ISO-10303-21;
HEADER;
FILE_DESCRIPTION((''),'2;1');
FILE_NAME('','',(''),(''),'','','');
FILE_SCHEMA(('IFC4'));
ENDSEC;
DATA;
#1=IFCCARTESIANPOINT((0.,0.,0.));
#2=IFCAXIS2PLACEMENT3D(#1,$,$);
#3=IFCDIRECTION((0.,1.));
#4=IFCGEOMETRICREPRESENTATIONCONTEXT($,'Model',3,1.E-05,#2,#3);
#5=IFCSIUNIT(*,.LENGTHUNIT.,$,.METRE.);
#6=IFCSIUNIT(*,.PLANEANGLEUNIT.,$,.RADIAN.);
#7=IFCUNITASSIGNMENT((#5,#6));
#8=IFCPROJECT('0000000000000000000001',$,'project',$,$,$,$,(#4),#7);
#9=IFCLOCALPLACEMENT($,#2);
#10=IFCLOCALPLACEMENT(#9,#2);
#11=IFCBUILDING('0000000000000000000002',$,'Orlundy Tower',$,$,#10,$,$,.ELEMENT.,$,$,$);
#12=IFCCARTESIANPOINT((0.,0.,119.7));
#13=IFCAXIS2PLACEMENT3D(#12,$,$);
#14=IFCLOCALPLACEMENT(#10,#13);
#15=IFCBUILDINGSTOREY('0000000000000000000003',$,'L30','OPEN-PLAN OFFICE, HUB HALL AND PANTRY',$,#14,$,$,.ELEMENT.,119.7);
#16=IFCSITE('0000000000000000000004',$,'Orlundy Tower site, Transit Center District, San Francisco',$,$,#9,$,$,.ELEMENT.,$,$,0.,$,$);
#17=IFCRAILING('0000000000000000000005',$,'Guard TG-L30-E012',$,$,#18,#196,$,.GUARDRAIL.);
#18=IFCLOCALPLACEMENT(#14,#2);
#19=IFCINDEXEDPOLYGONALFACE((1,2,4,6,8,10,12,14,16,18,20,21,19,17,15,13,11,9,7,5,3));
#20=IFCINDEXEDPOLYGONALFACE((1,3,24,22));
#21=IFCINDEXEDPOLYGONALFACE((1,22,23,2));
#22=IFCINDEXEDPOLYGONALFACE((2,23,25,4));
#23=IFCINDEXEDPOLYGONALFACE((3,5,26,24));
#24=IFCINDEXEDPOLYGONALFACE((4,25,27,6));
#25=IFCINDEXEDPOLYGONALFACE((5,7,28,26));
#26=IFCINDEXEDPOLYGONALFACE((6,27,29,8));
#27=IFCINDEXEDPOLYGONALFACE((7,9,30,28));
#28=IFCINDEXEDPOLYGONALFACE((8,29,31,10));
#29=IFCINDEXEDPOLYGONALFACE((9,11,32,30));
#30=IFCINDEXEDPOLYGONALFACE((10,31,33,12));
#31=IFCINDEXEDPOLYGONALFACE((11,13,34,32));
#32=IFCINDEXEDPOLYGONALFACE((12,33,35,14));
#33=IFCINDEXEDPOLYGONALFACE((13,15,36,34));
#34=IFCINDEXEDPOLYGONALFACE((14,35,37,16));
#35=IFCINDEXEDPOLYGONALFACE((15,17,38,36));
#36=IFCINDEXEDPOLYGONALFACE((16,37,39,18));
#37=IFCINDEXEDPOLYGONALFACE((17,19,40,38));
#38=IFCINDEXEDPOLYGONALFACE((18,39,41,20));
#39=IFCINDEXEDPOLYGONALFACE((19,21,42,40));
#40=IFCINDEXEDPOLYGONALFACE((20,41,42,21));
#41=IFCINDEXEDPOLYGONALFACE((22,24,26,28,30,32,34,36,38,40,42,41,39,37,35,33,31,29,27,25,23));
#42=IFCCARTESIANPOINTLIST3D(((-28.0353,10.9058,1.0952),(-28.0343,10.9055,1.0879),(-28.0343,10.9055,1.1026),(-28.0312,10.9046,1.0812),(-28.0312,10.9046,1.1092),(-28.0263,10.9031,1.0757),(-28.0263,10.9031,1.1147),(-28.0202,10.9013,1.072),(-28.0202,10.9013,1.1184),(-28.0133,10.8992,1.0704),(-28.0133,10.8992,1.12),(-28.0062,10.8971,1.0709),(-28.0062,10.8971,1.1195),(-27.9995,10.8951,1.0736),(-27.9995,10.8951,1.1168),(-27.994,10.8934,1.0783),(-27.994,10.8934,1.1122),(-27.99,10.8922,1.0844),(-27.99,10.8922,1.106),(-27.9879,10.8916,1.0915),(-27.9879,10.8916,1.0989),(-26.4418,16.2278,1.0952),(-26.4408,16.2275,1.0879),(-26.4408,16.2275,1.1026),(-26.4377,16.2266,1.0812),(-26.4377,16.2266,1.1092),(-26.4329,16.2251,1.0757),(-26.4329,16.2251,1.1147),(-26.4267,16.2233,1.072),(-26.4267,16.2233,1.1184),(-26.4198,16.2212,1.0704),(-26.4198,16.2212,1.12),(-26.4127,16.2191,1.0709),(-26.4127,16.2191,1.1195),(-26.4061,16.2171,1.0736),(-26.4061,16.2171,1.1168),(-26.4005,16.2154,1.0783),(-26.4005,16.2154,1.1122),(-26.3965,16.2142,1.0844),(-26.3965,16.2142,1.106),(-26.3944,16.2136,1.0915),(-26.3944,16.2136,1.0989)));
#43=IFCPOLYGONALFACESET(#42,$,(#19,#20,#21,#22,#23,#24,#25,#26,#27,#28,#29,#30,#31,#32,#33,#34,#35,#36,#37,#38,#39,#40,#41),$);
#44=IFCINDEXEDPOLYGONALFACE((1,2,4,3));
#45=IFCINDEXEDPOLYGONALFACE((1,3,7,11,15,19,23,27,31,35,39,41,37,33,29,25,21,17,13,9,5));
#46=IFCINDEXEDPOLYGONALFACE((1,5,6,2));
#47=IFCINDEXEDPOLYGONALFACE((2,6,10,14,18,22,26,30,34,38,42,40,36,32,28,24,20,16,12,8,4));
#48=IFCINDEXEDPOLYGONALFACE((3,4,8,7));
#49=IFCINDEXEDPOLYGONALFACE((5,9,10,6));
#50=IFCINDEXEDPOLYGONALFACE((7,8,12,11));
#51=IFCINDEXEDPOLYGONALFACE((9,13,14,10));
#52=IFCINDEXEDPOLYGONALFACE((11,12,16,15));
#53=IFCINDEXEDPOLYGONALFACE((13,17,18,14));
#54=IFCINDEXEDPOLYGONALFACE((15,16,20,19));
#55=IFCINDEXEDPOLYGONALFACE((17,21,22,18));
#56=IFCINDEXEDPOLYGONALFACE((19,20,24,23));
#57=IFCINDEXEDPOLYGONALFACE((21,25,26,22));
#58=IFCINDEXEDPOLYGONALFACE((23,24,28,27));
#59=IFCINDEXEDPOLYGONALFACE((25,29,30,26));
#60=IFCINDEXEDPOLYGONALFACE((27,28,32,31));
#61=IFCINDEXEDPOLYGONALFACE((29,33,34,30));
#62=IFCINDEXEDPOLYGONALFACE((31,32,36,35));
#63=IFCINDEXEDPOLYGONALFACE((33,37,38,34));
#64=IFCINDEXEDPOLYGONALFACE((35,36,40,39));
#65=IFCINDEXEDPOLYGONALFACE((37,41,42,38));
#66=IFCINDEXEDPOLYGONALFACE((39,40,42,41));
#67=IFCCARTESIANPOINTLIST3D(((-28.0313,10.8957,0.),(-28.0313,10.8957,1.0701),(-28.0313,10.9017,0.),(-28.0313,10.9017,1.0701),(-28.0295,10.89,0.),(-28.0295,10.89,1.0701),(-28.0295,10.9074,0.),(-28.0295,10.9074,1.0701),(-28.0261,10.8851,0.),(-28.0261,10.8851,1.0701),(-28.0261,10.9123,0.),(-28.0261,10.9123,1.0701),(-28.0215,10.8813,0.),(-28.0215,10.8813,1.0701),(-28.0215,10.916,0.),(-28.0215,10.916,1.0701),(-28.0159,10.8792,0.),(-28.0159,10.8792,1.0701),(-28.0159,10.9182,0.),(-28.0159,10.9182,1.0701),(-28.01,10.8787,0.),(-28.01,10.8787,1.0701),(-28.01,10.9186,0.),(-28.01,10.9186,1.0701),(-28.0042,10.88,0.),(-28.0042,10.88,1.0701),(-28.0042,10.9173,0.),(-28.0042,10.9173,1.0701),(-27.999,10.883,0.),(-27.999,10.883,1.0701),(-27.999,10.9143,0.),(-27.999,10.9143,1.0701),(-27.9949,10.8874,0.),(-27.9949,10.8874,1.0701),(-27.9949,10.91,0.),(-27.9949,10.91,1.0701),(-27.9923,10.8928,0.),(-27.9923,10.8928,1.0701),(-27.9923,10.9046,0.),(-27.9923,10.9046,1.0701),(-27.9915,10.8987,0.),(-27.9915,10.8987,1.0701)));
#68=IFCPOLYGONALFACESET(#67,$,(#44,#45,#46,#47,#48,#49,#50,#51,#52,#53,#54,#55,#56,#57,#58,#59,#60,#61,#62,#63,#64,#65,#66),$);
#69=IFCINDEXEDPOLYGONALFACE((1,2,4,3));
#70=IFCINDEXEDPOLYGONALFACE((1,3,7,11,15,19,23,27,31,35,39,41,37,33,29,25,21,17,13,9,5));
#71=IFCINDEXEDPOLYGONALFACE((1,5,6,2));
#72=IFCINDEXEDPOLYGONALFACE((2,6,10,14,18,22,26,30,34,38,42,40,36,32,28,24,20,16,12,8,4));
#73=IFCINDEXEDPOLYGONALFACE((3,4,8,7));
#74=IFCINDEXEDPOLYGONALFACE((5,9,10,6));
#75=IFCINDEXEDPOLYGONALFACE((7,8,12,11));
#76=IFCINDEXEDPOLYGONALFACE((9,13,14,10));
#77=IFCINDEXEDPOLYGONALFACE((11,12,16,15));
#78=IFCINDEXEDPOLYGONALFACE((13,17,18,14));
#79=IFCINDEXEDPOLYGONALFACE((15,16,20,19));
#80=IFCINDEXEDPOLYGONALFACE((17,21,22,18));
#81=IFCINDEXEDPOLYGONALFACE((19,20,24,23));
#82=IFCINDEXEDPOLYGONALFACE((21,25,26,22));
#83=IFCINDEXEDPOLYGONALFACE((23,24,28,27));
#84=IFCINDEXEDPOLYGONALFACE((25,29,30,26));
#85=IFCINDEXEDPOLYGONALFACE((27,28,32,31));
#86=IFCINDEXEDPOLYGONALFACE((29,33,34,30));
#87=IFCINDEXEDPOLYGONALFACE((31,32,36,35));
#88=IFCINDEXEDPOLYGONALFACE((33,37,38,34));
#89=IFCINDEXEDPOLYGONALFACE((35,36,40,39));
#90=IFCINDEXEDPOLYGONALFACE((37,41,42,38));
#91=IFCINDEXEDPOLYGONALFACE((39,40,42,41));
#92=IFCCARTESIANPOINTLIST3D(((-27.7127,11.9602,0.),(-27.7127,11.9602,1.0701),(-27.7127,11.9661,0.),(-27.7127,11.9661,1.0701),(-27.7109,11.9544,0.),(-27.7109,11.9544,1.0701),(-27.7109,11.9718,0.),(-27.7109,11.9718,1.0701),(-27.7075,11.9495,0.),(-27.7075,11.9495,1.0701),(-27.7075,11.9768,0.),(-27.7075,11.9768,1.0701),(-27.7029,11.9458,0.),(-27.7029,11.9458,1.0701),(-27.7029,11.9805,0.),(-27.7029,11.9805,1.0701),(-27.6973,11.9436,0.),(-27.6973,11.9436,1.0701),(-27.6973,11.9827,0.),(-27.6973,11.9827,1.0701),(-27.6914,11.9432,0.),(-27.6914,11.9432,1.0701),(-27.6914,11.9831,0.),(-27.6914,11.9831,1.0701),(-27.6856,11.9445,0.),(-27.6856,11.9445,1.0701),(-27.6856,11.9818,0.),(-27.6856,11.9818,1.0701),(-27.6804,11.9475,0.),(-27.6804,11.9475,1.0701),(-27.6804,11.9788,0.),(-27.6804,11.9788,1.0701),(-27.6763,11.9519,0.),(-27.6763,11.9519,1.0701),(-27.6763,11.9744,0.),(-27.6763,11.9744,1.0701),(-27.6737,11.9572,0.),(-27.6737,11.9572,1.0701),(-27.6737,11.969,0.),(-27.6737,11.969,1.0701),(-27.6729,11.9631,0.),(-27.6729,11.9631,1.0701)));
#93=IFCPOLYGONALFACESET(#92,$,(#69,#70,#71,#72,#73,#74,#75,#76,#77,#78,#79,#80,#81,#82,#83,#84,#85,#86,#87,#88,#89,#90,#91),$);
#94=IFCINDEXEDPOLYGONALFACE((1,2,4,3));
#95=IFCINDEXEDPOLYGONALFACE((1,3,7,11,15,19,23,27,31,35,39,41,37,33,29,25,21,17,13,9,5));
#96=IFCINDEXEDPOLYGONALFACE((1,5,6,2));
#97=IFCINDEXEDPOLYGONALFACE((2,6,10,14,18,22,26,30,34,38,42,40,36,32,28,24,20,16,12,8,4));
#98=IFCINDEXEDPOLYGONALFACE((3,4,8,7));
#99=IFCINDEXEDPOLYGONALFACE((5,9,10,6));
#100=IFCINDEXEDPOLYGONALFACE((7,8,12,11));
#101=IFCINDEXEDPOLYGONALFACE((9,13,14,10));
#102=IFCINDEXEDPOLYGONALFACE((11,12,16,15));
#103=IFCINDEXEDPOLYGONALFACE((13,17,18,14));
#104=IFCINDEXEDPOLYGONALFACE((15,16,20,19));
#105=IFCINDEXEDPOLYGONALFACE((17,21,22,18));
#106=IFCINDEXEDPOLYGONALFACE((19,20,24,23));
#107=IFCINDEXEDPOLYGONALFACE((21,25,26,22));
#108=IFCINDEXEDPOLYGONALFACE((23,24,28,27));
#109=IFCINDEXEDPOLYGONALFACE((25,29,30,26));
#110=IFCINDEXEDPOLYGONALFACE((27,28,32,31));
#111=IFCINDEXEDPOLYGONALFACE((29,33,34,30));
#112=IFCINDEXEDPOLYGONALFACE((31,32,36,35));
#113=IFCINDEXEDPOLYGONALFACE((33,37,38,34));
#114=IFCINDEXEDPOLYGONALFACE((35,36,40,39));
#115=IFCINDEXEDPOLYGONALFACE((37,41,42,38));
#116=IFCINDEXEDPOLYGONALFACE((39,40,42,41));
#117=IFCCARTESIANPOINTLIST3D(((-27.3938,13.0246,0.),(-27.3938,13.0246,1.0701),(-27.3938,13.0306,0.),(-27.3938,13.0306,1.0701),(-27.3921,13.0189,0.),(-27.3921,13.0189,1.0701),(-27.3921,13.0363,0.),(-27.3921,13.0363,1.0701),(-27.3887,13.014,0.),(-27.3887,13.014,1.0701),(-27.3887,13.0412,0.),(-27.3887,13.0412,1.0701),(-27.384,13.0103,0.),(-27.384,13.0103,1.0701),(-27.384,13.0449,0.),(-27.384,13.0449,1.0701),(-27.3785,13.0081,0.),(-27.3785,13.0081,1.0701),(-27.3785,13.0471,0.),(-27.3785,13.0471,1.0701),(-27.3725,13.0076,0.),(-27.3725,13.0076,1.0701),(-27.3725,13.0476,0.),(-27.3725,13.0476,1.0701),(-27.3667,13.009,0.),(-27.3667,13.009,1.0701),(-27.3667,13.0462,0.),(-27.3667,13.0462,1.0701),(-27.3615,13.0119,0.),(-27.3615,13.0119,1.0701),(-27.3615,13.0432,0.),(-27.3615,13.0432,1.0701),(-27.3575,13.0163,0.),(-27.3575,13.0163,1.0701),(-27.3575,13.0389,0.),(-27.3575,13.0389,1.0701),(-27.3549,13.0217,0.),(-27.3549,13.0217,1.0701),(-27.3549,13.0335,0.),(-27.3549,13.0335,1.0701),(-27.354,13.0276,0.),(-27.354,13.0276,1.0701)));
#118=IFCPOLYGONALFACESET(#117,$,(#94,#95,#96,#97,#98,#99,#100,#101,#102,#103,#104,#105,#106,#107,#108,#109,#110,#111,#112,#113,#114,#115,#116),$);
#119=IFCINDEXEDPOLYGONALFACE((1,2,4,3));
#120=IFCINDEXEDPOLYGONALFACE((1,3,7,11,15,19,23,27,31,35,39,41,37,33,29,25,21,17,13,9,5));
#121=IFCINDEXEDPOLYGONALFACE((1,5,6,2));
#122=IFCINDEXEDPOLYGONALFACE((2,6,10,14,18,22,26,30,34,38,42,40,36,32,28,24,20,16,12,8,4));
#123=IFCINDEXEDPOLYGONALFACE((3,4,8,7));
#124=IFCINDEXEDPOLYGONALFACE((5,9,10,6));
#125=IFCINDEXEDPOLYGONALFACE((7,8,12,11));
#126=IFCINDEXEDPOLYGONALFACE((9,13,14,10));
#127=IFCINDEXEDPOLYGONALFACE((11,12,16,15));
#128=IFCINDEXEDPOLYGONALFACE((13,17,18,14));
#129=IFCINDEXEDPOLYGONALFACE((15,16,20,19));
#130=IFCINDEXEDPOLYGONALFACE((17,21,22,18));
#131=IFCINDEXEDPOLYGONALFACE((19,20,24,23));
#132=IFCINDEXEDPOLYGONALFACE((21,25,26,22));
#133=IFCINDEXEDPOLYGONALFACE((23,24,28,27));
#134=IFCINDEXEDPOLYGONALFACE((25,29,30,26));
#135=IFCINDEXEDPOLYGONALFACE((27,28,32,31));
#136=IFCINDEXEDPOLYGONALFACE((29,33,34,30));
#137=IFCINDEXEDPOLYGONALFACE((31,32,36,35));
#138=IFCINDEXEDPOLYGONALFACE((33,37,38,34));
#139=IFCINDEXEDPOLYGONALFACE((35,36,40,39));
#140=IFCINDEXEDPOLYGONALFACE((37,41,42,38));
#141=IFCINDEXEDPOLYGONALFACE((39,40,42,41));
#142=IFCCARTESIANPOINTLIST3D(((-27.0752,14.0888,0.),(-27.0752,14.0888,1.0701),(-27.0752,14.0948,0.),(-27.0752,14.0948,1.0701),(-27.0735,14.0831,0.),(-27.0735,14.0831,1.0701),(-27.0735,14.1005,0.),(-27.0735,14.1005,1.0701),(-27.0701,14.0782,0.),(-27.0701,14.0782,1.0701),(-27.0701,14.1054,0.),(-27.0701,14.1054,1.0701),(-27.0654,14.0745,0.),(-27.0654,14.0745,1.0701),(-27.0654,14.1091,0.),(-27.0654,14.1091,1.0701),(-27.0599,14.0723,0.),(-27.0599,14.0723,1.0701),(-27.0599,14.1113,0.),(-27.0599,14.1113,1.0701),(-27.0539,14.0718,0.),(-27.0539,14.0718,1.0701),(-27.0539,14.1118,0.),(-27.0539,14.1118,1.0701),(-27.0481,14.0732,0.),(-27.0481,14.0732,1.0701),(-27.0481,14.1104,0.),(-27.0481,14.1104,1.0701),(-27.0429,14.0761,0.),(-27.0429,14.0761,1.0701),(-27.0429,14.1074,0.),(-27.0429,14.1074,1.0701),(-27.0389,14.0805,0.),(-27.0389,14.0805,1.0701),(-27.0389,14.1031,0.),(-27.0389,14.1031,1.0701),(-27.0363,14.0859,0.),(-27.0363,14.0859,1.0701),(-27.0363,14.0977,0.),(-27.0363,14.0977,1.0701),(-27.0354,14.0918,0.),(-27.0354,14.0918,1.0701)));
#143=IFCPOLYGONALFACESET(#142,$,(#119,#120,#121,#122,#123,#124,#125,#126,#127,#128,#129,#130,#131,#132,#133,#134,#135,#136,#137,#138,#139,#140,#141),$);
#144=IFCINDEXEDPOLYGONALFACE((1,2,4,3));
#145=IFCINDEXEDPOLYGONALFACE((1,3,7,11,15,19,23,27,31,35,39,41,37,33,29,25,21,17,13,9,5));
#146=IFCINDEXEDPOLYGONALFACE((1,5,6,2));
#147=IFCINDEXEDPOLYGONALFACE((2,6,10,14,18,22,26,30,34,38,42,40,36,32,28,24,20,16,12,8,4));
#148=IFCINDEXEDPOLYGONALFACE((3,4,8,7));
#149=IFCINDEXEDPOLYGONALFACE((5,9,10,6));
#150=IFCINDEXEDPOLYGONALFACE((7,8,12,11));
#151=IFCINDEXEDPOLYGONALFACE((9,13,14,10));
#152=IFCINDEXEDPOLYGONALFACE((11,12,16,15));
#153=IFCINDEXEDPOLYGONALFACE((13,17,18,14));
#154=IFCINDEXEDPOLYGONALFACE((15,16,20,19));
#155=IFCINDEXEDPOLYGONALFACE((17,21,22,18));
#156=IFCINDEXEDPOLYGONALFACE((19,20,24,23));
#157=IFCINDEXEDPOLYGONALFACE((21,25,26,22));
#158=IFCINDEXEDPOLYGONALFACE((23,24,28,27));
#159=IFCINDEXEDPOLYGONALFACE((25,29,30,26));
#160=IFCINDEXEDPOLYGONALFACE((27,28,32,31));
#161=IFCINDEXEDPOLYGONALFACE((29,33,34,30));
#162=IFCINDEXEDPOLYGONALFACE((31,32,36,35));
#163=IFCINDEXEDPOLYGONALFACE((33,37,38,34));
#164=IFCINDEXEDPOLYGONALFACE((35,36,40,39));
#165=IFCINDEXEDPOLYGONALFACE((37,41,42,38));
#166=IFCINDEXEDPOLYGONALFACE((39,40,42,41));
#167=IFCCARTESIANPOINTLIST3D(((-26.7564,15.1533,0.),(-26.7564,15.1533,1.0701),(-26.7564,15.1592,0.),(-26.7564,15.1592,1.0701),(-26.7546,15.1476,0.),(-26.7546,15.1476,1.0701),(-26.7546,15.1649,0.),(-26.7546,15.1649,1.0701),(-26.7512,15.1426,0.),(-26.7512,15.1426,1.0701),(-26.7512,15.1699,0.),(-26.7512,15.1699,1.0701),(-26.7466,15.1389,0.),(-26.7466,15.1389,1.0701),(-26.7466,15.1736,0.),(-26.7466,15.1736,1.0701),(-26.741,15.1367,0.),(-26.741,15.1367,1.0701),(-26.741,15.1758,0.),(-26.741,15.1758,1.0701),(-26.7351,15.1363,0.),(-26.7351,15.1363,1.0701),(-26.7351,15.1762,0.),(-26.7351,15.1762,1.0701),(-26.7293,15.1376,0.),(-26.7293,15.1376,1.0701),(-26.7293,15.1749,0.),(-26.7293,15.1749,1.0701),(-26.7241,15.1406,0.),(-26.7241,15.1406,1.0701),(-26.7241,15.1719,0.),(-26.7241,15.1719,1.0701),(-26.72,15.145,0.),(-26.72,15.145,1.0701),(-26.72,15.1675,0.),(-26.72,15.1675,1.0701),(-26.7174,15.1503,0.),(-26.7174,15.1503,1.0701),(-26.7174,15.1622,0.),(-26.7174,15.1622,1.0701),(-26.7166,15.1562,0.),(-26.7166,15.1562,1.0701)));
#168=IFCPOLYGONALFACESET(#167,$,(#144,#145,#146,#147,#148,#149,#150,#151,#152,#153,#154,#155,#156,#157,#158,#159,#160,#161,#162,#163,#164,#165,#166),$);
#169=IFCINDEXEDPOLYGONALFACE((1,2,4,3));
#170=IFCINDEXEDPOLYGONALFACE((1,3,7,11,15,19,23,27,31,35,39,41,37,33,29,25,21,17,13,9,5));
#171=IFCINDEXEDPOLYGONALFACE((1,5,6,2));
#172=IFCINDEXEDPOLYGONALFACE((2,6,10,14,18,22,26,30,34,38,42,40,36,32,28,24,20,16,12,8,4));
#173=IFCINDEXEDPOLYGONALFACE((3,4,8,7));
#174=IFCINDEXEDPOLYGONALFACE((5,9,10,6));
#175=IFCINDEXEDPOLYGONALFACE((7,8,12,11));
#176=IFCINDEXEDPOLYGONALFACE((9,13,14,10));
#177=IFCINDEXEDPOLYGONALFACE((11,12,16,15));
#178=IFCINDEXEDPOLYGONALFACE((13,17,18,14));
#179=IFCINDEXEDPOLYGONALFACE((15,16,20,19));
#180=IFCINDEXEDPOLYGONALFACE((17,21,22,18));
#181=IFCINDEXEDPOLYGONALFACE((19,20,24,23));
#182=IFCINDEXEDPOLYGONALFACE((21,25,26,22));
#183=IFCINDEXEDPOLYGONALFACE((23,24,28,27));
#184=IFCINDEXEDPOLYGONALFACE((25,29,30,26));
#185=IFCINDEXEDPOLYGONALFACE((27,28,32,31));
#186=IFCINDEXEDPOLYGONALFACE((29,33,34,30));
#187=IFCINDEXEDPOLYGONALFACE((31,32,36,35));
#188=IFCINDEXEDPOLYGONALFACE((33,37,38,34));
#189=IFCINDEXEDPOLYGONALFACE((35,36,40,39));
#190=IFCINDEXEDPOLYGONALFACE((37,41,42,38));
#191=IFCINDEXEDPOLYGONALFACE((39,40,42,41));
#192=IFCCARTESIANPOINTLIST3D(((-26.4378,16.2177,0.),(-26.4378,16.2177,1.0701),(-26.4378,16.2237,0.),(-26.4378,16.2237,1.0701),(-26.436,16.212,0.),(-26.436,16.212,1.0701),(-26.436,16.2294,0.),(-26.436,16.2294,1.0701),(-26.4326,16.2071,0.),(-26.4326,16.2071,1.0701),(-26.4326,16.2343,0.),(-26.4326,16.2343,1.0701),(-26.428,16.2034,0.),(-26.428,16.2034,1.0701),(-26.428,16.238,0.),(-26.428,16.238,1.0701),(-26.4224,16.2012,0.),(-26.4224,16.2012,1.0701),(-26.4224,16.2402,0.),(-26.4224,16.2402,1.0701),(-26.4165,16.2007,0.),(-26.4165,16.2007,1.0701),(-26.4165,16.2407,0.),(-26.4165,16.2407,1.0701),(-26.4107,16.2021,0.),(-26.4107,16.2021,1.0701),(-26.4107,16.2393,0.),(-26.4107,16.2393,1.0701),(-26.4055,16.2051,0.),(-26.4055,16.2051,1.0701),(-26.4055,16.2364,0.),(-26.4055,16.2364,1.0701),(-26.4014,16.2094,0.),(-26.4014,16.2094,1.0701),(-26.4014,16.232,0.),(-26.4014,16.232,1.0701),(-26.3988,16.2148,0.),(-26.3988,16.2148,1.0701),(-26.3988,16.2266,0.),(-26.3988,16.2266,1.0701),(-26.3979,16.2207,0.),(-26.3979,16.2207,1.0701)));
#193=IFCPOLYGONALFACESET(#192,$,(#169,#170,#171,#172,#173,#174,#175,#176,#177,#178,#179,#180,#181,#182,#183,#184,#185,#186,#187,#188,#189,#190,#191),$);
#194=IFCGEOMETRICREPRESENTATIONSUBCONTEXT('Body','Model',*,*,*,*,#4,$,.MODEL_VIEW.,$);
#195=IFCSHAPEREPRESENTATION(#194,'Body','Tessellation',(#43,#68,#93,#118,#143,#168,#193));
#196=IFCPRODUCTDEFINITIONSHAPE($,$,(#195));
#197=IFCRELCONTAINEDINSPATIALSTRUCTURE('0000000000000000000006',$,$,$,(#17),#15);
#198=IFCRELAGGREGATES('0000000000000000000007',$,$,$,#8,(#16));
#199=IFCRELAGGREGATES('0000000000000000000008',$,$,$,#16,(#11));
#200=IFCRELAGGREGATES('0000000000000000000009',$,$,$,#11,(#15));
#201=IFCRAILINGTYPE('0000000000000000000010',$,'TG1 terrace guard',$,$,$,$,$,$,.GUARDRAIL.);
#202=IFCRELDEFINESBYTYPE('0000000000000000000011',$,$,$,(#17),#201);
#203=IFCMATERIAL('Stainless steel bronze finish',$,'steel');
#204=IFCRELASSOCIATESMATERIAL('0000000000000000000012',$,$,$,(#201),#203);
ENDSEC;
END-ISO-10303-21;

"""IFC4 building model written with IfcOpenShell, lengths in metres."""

from ifc_helpers import new_model, si_unit, direction, frame, origin, origin_2d, place, context, subcontext, project, spatial, circle, extrude, material, type_object, element, save


model = new_model("IFC4")

# Units and contexts
model_context = context("Model", 3, precision=1e-05, world=origin(), true_north=direction((0.0, 1.0)))
body_context = subcontext(model_context, "Body", "Model", "MODEL_VIEW")
ifc_project = project(units=[si_unit("LENGTHUNIT", "METRE"), si_unit("PLANEANGLEUNIT", "RADIAN")], contexts=[model_context])

# Site, building, storey
site_placement = place(None, origin())
site = spatial("IfcSite", under=ifc_project, at=site_placement, Name="Orlundy Tower site, Transit Center District, San Francisco", CompositionType="ELEMENT", RefElevation=0.0)
building_placement = place(site_placement, origin())
building = spatial("IfcBuilding", under=site, at=building_placement, Name="Orlundy Tower", CompositionType="ELEMENT")
storey_placement = place(building_placement, frame((0.0, 0.0, 119.7)))
storey = spatial("IfcBuildingStorey", under=building, at=storey_placement, Name="L30", Description="OPEN-PLAN OFFICE, HUB HALL AND PANTRY", CompositionType="ELEMENT", Elevation=119.7)

# Railing
ifc_material_1 = material(Name="Stainless steel bronze finish", Category="steel")
railing_type_1 = type_object("IfcRailingType", Name="TG1 terrace guard", PredefinedType="GUARDRAIL", material=ifc_material_1)
railing_1_placement = place(storey_placement, frame((-28.0115, 10.8987, 0.0)))
element("IfcRailing", 1, at=railing_1_placement, inside=storey, type_object=railing_type_1, Name="Guard TG-L30-E012", PredefinedType="GUARDRAIL", context=body_context, shape_type="SweptSolid", body=[
    extrude(circle(Radius=0.0249, at=origin_2d()), frame((0.0, 0.0, 1.0952), z_axis=(0.286836, 0.95798, 0.0), x_axis=(-0.95798, 0.286836, 0.0)), (0.0, 0.0, 1.0), 5.5554),
    extrude(circle(Radius=0.02, at=origin_2d()), origin(), (0.0, 0.0, 1.0), 1.0701),
    extrude(circle(Radius=0.02, at=origin_2d()), frame((0.3186, 1.0645, 0.0)), (0.0, 0.0, 1.0), 1.0701),
    extrude(circle(Radius=0.02, at=origin_2d()), frame((0.6375, 2.1289, 0.0)), (0.0, 0.0, 1.0), 1.0701),
    extrude(circle(Radius=0.02, at=origin_2d()), frame((0.9561, 3.1931, 0.0)), (0.0, 0.0, 1.0), 1.0701),
    extrude(circle(Radius=0.02, at=origin_2d()), frame((1.2749, 4.2576, 0.0)), (0.0, 0.0, 1.0), 1.0701),
    extrude(circle(Radius=0.02, at=origin_2d()), frame((1.5935, 5.322, 0.0)), (0.0, 0.0, 1.0), 1.0701),
])

save(model, "model.ifc")
